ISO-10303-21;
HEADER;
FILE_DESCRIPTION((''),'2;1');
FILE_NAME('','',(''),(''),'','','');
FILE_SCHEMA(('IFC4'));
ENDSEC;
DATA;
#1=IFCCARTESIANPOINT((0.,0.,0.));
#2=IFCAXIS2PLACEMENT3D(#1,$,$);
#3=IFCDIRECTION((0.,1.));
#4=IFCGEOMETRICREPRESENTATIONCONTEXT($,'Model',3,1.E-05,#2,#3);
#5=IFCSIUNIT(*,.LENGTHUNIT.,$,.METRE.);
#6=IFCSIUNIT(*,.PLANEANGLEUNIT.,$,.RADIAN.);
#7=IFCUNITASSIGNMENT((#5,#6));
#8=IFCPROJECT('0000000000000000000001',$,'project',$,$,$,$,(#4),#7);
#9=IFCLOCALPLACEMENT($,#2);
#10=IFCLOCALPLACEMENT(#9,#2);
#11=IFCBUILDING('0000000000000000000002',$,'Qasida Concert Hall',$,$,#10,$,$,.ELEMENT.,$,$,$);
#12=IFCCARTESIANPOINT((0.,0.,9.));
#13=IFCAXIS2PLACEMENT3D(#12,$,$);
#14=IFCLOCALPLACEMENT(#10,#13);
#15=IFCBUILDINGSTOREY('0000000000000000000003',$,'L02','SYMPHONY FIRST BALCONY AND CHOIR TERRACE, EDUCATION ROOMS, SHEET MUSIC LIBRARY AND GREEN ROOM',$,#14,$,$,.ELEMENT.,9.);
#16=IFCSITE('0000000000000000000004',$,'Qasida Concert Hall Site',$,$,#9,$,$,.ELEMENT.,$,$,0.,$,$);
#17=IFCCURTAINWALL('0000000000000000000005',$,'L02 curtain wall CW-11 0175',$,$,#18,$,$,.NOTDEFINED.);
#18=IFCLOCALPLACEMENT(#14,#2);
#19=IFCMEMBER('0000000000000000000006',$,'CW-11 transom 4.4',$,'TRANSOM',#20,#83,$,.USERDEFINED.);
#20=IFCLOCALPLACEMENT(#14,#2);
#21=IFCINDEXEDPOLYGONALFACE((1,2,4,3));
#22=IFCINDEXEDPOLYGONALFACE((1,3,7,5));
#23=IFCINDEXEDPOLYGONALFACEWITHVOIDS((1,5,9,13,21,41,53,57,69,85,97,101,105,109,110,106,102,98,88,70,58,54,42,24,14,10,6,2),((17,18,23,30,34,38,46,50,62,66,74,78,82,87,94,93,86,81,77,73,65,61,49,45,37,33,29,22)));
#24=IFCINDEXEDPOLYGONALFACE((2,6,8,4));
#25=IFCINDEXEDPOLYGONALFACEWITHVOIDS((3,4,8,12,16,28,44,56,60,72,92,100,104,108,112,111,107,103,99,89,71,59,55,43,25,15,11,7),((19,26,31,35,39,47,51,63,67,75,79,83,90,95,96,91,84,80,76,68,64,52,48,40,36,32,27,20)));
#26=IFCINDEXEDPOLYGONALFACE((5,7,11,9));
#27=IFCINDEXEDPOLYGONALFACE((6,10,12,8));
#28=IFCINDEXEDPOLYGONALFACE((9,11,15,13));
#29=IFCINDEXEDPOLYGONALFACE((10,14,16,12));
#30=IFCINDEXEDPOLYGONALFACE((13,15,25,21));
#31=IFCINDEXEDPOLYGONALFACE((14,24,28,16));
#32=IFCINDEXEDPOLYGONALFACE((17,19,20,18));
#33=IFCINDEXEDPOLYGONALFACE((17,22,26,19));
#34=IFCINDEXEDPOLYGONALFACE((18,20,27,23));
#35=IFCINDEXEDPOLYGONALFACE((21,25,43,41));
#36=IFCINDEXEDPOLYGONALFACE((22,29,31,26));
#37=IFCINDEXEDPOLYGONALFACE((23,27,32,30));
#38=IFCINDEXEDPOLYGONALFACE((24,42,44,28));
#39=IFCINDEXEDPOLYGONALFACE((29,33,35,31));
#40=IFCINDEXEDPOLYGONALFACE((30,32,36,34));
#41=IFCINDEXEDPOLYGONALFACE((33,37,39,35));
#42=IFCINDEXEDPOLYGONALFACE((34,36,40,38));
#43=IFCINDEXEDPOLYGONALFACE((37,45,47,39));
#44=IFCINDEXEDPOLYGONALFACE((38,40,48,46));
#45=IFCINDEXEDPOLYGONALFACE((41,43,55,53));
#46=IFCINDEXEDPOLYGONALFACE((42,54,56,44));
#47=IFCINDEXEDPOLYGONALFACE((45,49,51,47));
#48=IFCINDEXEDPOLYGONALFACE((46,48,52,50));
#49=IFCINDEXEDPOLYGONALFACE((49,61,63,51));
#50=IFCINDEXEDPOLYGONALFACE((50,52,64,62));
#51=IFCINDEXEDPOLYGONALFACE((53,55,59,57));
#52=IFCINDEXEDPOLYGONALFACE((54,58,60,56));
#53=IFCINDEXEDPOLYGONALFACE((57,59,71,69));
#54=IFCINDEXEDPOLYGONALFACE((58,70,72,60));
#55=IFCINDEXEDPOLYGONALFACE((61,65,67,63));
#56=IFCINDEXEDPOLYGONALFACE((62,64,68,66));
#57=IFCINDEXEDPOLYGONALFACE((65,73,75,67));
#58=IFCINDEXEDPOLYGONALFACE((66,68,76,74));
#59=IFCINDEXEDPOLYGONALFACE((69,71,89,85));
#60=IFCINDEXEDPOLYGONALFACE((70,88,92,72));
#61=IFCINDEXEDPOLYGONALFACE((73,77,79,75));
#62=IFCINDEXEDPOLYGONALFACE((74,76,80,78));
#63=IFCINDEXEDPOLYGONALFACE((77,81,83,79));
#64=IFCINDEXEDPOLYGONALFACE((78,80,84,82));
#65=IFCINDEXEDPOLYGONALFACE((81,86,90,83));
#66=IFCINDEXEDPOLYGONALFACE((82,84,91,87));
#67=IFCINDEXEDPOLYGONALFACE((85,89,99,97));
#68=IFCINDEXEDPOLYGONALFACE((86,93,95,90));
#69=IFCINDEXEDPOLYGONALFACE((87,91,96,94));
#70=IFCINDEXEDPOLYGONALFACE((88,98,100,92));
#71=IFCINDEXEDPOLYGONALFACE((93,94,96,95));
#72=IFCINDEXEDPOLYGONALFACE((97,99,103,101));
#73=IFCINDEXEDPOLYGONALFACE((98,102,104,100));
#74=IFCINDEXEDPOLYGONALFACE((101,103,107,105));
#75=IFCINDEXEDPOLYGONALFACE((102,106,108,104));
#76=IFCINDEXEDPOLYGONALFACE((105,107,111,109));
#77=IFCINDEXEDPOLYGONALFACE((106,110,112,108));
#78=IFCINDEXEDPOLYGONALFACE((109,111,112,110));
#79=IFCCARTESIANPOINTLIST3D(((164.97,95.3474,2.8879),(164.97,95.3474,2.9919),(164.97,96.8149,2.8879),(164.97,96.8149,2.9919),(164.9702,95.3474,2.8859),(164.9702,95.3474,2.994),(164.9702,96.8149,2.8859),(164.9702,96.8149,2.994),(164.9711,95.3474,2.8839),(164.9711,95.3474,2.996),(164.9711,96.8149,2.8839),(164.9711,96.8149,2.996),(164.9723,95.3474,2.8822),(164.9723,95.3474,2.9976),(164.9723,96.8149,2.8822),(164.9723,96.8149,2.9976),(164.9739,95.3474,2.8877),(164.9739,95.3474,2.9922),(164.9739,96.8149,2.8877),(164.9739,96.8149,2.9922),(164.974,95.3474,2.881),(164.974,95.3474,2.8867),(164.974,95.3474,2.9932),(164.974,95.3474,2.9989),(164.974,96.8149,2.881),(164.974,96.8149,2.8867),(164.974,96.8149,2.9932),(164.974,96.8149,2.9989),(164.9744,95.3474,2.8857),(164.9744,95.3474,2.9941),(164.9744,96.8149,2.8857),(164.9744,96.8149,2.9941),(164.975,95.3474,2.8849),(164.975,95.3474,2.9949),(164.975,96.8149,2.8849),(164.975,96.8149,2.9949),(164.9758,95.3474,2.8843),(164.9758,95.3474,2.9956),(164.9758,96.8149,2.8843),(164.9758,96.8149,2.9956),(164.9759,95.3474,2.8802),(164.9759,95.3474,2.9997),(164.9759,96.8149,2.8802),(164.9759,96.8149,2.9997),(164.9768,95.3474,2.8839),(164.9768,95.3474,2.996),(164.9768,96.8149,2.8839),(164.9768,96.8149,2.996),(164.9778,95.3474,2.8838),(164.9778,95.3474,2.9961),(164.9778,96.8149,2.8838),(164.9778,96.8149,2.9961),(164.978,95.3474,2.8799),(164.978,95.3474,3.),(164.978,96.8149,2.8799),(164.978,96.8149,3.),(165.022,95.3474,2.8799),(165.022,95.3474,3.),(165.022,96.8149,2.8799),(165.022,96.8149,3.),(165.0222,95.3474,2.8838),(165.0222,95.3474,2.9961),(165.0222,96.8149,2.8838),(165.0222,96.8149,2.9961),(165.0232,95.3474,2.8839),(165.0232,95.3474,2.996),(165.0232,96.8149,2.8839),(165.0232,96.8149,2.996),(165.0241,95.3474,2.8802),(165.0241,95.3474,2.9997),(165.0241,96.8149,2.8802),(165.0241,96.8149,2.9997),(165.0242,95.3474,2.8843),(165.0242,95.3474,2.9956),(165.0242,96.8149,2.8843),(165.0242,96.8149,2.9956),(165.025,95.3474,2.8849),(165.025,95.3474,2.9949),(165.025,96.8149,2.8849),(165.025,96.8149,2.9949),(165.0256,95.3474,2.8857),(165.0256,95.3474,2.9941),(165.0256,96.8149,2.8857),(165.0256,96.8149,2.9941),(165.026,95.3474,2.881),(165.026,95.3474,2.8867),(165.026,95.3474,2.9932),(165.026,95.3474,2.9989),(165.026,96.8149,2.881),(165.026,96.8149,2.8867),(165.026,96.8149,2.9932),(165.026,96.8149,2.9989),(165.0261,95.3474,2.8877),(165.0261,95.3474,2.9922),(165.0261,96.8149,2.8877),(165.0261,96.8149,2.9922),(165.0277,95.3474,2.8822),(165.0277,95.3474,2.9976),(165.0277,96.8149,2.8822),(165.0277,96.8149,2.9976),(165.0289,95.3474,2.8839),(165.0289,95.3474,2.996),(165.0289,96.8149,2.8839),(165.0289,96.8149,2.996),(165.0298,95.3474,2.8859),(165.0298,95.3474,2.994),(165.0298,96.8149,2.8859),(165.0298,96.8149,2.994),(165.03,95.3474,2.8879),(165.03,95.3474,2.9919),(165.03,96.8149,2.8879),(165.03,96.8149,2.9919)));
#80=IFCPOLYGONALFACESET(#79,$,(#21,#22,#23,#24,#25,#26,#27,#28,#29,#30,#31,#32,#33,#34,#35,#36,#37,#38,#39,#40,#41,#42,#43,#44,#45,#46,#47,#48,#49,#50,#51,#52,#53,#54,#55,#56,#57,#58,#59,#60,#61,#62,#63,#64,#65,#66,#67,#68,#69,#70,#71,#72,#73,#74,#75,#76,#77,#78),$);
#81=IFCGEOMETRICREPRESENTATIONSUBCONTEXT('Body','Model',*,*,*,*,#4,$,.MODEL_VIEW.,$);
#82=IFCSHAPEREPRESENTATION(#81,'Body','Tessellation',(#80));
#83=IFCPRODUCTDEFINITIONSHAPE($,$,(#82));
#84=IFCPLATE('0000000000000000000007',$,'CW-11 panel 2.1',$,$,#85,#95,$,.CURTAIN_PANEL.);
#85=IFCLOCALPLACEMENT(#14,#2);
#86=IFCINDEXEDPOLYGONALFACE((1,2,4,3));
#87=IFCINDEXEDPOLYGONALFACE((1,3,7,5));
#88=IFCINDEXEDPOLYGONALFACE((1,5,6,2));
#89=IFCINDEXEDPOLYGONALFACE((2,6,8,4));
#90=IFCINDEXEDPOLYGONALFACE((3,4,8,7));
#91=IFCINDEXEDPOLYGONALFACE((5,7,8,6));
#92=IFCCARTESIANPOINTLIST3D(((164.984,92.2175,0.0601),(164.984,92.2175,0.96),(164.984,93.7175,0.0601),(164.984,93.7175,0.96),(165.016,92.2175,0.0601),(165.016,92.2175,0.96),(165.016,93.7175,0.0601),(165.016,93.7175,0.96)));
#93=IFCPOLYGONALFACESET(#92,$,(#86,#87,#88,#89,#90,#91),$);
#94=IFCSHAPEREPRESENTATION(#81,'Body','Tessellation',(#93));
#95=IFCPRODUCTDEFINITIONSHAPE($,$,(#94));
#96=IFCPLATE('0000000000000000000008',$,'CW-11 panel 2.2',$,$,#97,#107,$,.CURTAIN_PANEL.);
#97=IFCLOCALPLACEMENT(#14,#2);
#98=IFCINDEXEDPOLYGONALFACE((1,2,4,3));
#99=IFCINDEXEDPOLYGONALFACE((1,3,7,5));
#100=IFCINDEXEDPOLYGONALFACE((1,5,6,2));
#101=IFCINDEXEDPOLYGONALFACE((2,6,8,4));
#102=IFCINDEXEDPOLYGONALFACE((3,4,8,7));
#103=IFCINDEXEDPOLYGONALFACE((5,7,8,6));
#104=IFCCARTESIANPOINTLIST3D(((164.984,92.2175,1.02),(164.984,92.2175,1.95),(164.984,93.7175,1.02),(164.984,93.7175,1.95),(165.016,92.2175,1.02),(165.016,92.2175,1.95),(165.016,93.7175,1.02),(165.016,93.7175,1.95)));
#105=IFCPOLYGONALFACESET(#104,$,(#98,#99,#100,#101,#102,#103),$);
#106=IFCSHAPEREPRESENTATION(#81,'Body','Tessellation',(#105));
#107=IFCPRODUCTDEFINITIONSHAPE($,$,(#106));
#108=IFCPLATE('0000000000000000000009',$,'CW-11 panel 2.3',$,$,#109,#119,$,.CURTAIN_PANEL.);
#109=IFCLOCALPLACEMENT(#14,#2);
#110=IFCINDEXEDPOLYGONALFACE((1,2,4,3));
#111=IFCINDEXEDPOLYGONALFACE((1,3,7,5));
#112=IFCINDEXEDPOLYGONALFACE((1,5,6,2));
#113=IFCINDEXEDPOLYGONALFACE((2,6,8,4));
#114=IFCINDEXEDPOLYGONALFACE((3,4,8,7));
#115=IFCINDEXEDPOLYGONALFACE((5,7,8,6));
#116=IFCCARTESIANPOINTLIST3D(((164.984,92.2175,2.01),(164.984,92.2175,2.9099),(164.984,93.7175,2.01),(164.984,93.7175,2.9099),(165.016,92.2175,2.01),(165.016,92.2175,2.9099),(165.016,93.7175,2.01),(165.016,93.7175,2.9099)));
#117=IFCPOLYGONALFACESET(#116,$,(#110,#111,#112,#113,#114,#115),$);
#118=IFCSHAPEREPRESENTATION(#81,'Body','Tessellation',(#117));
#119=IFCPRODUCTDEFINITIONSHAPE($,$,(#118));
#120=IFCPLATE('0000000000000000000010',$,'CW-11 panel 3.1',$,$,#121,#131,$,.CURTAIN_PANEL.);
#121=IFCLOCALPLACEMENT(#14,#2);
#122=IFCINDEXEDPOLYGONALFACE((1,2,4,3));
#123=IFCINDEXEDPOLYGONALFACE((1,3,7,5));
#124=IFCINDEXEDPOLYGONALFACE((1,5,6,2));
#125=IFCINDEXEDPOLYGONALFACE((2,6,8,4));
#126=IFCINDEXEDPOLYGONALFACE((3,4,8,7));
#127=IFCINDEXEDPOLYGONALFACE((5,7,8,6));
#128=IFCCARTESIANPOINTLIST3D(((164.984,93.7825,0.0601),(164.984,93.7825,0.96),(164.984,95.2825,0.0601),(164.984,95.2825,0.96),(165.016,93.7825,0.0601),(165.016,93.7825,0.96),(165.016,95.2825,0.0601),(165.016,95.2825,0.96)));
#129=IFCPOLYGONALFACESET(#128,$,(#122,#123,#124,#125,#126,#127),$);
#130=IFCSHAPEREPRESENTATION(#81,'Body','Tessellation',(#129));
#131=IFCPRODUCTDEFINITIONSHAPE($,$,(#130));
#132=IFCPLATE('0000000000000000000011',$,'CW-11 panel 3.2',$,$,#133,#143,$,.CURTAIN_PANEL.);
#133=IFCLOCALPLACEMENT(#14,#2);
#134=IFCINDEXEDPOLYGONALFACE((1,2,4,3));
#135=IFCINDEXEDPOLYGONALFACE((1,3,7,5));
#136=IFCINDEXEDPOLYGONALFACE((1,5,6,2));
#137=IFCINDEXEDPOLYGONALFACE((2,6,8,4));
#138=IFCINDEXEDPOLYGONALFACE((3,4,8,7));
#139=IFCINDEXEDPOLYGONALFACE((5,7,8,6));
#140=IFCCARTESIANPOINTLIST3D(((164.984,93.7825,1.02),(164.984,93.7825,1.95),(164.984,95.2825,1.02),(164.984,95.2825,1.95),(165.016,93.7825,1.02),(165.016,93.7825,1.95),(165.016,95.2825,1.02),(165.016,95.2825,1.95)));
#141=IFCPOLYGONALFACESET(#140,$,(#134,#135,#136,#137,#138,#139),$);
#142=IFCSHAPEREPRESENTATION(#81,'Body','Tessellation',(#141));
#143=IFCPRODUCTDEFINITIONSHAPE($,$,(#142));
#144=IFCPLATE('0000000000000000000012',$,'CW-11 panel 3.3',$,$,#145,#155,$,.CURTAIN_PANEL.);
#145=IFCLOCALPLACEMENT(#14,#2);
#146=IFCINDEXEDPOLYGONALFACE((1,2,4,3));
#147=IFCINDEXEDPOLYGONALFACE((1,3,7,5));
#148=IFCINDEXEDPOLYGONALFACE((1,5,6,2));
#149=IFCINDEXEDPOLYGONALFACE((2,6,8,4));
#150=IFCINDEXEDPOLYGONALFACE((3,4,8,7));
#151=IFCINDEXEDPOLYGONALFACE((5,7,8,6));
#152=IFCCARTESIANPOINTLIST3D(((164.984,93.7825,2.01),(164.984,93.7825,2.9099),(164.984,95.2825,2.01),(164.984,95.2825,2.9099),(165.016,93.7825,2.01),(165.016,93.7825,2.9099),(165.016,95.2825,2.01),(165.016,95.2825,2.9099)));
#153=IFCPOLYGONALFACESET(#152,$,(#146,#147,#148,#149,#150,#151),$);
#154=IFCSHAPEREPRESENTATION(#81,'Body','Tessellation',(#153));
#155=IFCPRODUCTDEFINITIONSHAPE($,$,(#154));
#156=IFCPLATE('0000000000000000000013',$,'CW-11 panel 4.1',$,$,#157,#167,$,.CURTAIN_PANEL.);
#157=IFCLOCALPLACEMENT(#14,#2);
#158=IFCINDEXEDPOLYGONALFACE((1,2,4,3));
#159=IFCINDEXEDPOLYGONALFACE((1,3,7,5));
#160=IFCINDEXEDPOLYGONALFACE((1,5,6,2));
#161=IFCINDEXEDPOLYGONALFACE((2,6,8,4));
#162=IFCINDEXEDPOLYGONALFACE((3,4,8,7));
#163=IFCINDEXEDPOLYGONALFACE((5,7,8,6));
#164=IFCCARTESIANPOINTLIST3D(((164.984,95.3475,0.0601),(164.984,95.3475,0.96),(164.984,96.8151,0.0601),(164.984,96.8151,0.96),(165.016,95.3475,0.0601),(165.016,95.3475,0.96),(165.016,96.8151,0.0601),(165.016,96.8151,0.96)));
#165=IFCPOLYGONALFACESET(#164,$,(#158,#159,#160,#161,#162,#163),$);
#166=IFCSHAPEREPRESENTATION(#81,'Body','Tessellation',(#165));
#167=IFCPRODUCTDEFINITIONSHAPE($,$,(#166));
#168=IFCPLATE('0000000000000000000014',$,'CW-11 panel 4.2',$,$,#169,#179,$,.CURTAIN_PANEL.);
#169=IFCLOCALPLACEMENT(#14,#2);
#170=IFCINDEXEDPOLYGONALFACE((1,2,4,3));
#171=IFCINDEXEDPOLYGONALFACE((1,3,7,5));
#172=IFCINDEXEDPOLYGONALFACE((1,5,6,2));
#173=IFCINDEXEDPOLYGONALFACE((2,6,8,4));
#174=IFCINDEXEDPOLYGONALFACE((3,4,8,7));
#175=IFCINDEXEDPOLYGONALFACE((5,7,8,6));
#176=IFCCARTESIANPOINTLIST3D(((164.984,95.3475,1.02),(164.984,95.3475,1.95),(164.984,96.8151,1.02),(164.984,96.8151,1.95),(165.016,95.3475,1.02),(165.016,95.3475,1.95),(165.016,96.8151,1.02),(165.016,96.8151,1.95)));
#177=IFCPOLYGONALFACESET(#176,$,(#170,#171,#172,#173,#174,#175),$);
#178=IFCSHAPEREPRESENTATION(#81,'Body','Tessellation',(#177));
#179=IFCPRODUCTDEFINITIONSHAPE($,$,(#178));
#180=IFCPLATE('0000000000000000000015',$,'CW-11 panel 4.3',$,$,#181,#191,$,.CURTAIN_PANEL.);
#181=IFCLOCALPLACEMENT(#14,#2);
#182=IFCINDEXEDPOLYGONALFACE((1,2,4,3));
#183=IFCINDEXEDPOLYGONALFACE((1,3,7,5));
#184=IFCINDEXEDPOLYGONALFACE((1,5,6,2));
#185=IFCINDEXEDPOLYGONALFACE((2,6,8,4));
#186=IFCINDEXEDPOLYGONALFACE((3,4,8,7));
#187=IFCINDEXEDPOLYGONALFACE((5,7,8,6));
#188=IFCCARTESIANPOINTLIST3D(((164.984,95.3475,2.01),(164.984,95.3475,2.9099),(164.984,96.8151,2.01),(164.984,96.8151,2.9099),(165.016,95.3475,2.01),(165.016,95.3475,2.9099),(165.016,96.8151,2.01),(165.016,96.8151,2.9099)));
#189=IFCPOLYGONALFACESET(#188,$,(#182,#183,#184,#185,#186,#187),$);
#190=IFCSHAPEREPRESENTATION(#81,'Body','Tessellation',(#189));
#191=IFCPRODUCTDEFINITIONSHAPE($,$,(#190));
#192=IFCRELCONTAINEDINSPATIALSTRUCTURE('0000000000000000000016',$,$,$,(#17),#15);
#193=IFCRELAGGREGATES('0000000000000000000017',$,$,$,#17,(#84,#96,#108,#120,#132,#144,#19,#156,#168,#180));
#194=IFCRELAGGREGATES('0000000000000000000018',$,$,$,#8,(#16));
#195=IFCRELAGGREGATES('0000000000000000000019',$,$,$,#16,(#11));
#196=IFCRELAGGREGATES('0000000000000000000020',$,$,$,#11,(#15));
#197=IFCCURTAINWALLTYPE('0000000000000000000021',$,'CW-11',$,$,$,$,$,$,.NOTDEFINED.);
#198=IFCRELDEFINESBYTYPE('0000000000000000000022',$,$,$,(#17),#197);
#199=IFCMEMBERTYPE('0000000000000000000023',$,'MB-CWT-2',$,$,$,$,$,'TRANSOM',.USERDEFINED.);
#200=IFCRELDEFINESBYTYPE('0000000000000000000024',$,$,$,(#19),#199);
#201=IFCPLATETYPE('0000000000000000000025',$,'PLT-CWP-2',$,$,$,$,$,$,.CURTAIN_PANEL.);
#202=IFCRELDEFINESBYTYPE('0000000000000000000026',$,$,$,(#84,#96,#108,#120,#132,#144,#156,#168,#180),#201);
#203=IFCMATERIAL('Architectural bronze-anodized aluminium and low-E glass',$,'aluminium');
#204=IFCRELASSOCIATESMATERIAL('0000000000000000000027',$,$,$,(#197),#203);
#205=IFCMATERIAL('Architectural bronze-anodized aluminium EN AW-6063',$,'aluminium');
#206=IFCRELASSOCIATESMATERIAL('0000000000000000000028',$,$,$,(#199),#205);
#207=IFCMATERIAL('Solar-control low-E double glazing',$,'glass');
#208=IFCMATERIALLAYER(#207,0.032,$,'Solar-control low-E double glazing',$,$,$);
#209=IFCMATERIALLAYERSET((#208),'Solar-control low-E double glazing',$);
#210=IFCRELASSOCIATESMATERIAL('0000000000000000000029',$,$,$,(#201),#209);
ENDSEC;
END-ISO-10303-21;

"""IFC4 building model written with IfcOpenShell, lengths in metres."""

from ifc_helpers import new_model, si_unit, direction, frame, origin, origin_2d, place, context, subcontext, project, spatial, rectangle, hollow_rectangle, extrude, material, layer, layer_set, material_profile, profile_set, type_object, element, aggregate, save


model = new_model("IFC4")

# Units and contexts
model_context = context("Model", 3, precision=1e-05, world=origin(), true_north=direction((0.0, 1.0)))
body_context = subcontext(model_context, "Body", "Model", "MODEL_VIEW")
ifc_project = project(units=[si_unit("LENGTHUNIT", "METRE"), si_unit("PLANEANGLEUNIT", "RADIAN")], contexts=[model_context])

# Site, building, storey
site_placement = place(None, origin())
site = spatial("IfcSite", under=ifc_project, at=site_placement, Name="Qasida Concert Hall Site", CompositionType="ELEMENT", RefElevation=0.0)
building_placement = place(site_placement, origin())
building = spatial("IfcBuilding", under=site, at=building_placement, Name="Qasida Concert Hall", CompositionType="ELEMENT")
storey_placement = place(building_placement, frame((0.0, 0.0, 9.0)))
storey = spatial("IfcBuildingStorey", under=building, at=storey_placement, Name="L02", Description="SYMPHONY FIRST BALCONY AND CHOIR TERRACE, EDUCATION ROOMS, SHEET MUSIC LIBRARY AND GREEN ROOM", CompositionType="ELEMENT", Elevation=9.0)

# Curtain wall, member, plates
ifc_material_1 = material(Name="Architectural bronze-anodized aluminium and low-E glass", Category="aluminium")
curtain_wall_type = type_object("IfcCurtainWallType", Name="CW-11", PredefinedType="NOTDEFINED", material=ifc_material_1)
curtain_wall_placement = place(storey_placement, origin())
curtain_wall = element("IfcCurtainWall", 1, at=curtain_wall_placement, inside=storey, type_object=curtain_wall_type, Name="L02 curtain wall CW-11 0175", PredefinedType="NOTDEFINED")
ifc_material_2 = material(Name="Architectural bronze-anodized aluminium EN AW-6063", Category="aluminium")
ifc_material_profile_1 = material_profile(ifc_material_2, hollow_rectangle(XDim=0.0601, YDim=0.1201, WallThickness=0.0039, InnerFilletRadius=0.0039, OuterFilletRadius=0.0081, at=origin_2d()), Name="CWT 120x60x4")
ifc_profile_set_1 = profile_set([ifc_material_profile_1], Name="Architectural bronze-anodized aluminium EN AW-6063")
member_type_1 = type_object("IfcMemberType", Name="MB-CWT-2", ElementType="TRANSOM", PredefinedType="USERDEFINED", material=ifc_profile_set_1)
member_1_placement = place(storey_placement, frame((165.0, 95.3474, 2.9399), z_axis=(0.0, 1.0, 0.0), x_axis=(-1.0, 0.0, 0.0)))
member_1 = element("IfcMember", 2, at=member_1_placement, type_object=member_type_1, Name="CW-11 transom 4.4", ObjectType="TRANSOM", PredefinedType="USERDEFINED", context=body_context, shape_type="SweptSolid", body=[
    extrude(hollow_rectangle(XDim=0.0601, YDim=0.1201, WallThickness=0.0039, InnerFilletRadius=0.0039, OuterFilletRadius=0.0081, at=origin_2d()), origin(), (0.0, 0.0, 1.0), 1.4675),
])
ifc_material_3 = material(Name="Solar-control low-E double glazing", Category="glass")
ifc_layer_1 = layer(ifc_material_3, 0.032, Name="Solar-control low-E double glazing")
ifc_layer_set_1 = layer_set([ifc_layer_1], Name="Solar-control low-E double glazing")
plate_type = type_object("IfcPlateType", Name="PLT-CWP-2", PredefinedType="CURTAIN_PANEL", material=ifc_layer_set_1)
plate_1_placement = place(storey_placement, frame((165.0, 92.9675, 0.0601), z_axis=(0.0, 0.0, 1.0), x_axis=(0.0, 1.0, 0.0)))
plate_1 = element("IfcPlate", 3, at=plate_1_placement, type_object=plate_type, Name="CW-11 panel 2.1", PredefinedType="CURTAIN_PANEL", context=body_context, shape_type="SweptSolid", body=[
    extrude(rectangle(XDim=1.5, YDim=0.032, at=origin_2d()), origin(), (0.0, 0.0, 1.0), 0.8999),
])
plate_2_placement = place(storey_placement, frame((165.0, 92.9675, 1.02), z_axis=(0.0, 0.0, 1.0), x_axis=(0.0, 1.0, 0.0)))
plate_2 = element("IfcPlate", 4, at=plate_2_placement, type_object=plate_type, Name="CW-11 panel 2.2", PredefinedType="CURTAIN_PANEL", context=body_context, shape_type="SweptSolid", body=[
    extrude(rectangle(XDim=1.5, YDim=0.032, at=origin_2d()), origin(), (0.0, 0.0, 1.0), 0.9299),
])
plate_3_placement = place(storey_placement, frame((165.0, 92.9675, 2.01), z_axis=(0.0, 0.0, 1.0), x_axis=(0.0, 1.0, 0.0)))
plate_3 = element("IfcPlate", 5, at=plate_3_placement, type_object=plate_type, Name="CW-11 panel 2.3", PredefinedType="CURTAIN_PANEL", context=body_context, shape_type="SweptSolid", body=[
    extrude(rectangle(XDim=1.5, YDim=0.032, at=origin_2d()), origin(), (0.0, 0.0, 1.0), 0.8999),
])
plate_4_placement = place(storey_placement, frame((165.0, 94.5325, 0.0601), z_axis=(0.0, 0.0, 1.0), x_axis=(0.0, 1.0, 0.0)))
plate_4 = element("IfcPlate", 6, at=plate_4_placement, type_object=plate_type, Name="CW-11 panel 3.1", PredefinedType="CURTAIN_PANEL", context=body_context, shape_type="SweptSolid", body=[
    extrude(rectangle(XDim=1.5, YDim=0.032, at=origin_2d()), origin(), (0.0, 0.0, 1.0), 0.8999),
])
plate_5_placement = place(storey_placement, frame((165.0, 94.5325, 1.02), z_axis=(0.0, 0.0, 1.0), x_axis=(0.0, 1.0, 0.0)))
plate_5 = element("IfcPlate", 7, at=plate_5_placement, type_object=plate_type, Name="CW-11 panel 3.2", PredefinedType="CURTAIN_PANEL", context=body_context, shape_type="SweptSolid", body=[
    extrude(rectangle(XDim=1.5, YDim=0.032, at=origin_2d()), origin(), (0.0, 0.0, 1.0), 0.9299),
])
plate_6_placement = place(storey_placement, frame((165.0, 94.5325, 2.01), z_axis=(0.0, 0.0, 1.0), x_axis=(0.0, 1.0, 0.0)))
plate_6 = element("IfcPlate", 8, at=plate_6_placement, type_object=plate_type, Name="CW-11 panel 3.3", PredefinedType="CURTAIN_PANEL", context=body_context, shape_type="SweptSolid", body=[
    extrude(rectangle(XDim=1.5, YDim=0.032, at=origin_2d()), origin(), (0.0, 0.0, 1.0), 0.8999),
])
plate_7_placement = place(storey_placement, frame((165.0, 96.0813, 0.0601), z_axis=(0.0, 0.0, 1.0), x_axis=(0.0, 1.0, 0.0)))
plate_7 = element("IfcPlate", 9, at=plate_7_placement, type_object=plate_type, Name="CW-11 panel 4.1", PredefinedType="CURTAIN_PANEL", context=body_context, shape_type="SweptSolid", body=[
    extrude(rectangle(XDim=1.4675, YDim=0.032, at=origin_2d()), origin(), (0.0, 0.0, 1.0), 0.8999),
])
plate_8_placement = place(storey_placement, frame((165.0, 96.0813, 1.02), z_axis=(0.0, 0.0, 1.0), x_axis=(0.0, 1.0, 0.0)))
plate_8 = element("IfcPlate", 10, at=plate_8_placement, type_object=plate_type, Name="CW-11 panel 4.2", PredefinedType="CURTAIN_PANEL", context=body_context, shape_type="SweptSolid", body=[
    extrude(rectangle(XDim=1.4675, YDim=0.032, at=origin_2d()), origin(), (0.0, 0.0, 1.0), 0.9299),
])
plate_9_placement = place(storey_placement, frame((165.0, 96.0813, 2.01), z_axis=(0.0, 0.0, 1.0), x_axis=(0.0, 1.0, 0.0)))
plate_9 = element("IfcPlate", 11, at=plate_9_placement, type_object=plate_type, Name="CW-11 panel 4.3", PredefinedType="CURTAIN_PANEL", context=body_context, shape_type="SweptSolid", body=[
    extrude(rectangle(XDim=1.4675, YDim=0.032, at=origin_2d()), origin(), (0.0, 0.0, 1.0), 0.8999),
])
aggregate(curtain_wall, [plate_1, plate_2, plate_3, plate_4, plate_5, plate_6, member_1, plate_7, plate_8, plate_9])

save(model, "model.ifc")
